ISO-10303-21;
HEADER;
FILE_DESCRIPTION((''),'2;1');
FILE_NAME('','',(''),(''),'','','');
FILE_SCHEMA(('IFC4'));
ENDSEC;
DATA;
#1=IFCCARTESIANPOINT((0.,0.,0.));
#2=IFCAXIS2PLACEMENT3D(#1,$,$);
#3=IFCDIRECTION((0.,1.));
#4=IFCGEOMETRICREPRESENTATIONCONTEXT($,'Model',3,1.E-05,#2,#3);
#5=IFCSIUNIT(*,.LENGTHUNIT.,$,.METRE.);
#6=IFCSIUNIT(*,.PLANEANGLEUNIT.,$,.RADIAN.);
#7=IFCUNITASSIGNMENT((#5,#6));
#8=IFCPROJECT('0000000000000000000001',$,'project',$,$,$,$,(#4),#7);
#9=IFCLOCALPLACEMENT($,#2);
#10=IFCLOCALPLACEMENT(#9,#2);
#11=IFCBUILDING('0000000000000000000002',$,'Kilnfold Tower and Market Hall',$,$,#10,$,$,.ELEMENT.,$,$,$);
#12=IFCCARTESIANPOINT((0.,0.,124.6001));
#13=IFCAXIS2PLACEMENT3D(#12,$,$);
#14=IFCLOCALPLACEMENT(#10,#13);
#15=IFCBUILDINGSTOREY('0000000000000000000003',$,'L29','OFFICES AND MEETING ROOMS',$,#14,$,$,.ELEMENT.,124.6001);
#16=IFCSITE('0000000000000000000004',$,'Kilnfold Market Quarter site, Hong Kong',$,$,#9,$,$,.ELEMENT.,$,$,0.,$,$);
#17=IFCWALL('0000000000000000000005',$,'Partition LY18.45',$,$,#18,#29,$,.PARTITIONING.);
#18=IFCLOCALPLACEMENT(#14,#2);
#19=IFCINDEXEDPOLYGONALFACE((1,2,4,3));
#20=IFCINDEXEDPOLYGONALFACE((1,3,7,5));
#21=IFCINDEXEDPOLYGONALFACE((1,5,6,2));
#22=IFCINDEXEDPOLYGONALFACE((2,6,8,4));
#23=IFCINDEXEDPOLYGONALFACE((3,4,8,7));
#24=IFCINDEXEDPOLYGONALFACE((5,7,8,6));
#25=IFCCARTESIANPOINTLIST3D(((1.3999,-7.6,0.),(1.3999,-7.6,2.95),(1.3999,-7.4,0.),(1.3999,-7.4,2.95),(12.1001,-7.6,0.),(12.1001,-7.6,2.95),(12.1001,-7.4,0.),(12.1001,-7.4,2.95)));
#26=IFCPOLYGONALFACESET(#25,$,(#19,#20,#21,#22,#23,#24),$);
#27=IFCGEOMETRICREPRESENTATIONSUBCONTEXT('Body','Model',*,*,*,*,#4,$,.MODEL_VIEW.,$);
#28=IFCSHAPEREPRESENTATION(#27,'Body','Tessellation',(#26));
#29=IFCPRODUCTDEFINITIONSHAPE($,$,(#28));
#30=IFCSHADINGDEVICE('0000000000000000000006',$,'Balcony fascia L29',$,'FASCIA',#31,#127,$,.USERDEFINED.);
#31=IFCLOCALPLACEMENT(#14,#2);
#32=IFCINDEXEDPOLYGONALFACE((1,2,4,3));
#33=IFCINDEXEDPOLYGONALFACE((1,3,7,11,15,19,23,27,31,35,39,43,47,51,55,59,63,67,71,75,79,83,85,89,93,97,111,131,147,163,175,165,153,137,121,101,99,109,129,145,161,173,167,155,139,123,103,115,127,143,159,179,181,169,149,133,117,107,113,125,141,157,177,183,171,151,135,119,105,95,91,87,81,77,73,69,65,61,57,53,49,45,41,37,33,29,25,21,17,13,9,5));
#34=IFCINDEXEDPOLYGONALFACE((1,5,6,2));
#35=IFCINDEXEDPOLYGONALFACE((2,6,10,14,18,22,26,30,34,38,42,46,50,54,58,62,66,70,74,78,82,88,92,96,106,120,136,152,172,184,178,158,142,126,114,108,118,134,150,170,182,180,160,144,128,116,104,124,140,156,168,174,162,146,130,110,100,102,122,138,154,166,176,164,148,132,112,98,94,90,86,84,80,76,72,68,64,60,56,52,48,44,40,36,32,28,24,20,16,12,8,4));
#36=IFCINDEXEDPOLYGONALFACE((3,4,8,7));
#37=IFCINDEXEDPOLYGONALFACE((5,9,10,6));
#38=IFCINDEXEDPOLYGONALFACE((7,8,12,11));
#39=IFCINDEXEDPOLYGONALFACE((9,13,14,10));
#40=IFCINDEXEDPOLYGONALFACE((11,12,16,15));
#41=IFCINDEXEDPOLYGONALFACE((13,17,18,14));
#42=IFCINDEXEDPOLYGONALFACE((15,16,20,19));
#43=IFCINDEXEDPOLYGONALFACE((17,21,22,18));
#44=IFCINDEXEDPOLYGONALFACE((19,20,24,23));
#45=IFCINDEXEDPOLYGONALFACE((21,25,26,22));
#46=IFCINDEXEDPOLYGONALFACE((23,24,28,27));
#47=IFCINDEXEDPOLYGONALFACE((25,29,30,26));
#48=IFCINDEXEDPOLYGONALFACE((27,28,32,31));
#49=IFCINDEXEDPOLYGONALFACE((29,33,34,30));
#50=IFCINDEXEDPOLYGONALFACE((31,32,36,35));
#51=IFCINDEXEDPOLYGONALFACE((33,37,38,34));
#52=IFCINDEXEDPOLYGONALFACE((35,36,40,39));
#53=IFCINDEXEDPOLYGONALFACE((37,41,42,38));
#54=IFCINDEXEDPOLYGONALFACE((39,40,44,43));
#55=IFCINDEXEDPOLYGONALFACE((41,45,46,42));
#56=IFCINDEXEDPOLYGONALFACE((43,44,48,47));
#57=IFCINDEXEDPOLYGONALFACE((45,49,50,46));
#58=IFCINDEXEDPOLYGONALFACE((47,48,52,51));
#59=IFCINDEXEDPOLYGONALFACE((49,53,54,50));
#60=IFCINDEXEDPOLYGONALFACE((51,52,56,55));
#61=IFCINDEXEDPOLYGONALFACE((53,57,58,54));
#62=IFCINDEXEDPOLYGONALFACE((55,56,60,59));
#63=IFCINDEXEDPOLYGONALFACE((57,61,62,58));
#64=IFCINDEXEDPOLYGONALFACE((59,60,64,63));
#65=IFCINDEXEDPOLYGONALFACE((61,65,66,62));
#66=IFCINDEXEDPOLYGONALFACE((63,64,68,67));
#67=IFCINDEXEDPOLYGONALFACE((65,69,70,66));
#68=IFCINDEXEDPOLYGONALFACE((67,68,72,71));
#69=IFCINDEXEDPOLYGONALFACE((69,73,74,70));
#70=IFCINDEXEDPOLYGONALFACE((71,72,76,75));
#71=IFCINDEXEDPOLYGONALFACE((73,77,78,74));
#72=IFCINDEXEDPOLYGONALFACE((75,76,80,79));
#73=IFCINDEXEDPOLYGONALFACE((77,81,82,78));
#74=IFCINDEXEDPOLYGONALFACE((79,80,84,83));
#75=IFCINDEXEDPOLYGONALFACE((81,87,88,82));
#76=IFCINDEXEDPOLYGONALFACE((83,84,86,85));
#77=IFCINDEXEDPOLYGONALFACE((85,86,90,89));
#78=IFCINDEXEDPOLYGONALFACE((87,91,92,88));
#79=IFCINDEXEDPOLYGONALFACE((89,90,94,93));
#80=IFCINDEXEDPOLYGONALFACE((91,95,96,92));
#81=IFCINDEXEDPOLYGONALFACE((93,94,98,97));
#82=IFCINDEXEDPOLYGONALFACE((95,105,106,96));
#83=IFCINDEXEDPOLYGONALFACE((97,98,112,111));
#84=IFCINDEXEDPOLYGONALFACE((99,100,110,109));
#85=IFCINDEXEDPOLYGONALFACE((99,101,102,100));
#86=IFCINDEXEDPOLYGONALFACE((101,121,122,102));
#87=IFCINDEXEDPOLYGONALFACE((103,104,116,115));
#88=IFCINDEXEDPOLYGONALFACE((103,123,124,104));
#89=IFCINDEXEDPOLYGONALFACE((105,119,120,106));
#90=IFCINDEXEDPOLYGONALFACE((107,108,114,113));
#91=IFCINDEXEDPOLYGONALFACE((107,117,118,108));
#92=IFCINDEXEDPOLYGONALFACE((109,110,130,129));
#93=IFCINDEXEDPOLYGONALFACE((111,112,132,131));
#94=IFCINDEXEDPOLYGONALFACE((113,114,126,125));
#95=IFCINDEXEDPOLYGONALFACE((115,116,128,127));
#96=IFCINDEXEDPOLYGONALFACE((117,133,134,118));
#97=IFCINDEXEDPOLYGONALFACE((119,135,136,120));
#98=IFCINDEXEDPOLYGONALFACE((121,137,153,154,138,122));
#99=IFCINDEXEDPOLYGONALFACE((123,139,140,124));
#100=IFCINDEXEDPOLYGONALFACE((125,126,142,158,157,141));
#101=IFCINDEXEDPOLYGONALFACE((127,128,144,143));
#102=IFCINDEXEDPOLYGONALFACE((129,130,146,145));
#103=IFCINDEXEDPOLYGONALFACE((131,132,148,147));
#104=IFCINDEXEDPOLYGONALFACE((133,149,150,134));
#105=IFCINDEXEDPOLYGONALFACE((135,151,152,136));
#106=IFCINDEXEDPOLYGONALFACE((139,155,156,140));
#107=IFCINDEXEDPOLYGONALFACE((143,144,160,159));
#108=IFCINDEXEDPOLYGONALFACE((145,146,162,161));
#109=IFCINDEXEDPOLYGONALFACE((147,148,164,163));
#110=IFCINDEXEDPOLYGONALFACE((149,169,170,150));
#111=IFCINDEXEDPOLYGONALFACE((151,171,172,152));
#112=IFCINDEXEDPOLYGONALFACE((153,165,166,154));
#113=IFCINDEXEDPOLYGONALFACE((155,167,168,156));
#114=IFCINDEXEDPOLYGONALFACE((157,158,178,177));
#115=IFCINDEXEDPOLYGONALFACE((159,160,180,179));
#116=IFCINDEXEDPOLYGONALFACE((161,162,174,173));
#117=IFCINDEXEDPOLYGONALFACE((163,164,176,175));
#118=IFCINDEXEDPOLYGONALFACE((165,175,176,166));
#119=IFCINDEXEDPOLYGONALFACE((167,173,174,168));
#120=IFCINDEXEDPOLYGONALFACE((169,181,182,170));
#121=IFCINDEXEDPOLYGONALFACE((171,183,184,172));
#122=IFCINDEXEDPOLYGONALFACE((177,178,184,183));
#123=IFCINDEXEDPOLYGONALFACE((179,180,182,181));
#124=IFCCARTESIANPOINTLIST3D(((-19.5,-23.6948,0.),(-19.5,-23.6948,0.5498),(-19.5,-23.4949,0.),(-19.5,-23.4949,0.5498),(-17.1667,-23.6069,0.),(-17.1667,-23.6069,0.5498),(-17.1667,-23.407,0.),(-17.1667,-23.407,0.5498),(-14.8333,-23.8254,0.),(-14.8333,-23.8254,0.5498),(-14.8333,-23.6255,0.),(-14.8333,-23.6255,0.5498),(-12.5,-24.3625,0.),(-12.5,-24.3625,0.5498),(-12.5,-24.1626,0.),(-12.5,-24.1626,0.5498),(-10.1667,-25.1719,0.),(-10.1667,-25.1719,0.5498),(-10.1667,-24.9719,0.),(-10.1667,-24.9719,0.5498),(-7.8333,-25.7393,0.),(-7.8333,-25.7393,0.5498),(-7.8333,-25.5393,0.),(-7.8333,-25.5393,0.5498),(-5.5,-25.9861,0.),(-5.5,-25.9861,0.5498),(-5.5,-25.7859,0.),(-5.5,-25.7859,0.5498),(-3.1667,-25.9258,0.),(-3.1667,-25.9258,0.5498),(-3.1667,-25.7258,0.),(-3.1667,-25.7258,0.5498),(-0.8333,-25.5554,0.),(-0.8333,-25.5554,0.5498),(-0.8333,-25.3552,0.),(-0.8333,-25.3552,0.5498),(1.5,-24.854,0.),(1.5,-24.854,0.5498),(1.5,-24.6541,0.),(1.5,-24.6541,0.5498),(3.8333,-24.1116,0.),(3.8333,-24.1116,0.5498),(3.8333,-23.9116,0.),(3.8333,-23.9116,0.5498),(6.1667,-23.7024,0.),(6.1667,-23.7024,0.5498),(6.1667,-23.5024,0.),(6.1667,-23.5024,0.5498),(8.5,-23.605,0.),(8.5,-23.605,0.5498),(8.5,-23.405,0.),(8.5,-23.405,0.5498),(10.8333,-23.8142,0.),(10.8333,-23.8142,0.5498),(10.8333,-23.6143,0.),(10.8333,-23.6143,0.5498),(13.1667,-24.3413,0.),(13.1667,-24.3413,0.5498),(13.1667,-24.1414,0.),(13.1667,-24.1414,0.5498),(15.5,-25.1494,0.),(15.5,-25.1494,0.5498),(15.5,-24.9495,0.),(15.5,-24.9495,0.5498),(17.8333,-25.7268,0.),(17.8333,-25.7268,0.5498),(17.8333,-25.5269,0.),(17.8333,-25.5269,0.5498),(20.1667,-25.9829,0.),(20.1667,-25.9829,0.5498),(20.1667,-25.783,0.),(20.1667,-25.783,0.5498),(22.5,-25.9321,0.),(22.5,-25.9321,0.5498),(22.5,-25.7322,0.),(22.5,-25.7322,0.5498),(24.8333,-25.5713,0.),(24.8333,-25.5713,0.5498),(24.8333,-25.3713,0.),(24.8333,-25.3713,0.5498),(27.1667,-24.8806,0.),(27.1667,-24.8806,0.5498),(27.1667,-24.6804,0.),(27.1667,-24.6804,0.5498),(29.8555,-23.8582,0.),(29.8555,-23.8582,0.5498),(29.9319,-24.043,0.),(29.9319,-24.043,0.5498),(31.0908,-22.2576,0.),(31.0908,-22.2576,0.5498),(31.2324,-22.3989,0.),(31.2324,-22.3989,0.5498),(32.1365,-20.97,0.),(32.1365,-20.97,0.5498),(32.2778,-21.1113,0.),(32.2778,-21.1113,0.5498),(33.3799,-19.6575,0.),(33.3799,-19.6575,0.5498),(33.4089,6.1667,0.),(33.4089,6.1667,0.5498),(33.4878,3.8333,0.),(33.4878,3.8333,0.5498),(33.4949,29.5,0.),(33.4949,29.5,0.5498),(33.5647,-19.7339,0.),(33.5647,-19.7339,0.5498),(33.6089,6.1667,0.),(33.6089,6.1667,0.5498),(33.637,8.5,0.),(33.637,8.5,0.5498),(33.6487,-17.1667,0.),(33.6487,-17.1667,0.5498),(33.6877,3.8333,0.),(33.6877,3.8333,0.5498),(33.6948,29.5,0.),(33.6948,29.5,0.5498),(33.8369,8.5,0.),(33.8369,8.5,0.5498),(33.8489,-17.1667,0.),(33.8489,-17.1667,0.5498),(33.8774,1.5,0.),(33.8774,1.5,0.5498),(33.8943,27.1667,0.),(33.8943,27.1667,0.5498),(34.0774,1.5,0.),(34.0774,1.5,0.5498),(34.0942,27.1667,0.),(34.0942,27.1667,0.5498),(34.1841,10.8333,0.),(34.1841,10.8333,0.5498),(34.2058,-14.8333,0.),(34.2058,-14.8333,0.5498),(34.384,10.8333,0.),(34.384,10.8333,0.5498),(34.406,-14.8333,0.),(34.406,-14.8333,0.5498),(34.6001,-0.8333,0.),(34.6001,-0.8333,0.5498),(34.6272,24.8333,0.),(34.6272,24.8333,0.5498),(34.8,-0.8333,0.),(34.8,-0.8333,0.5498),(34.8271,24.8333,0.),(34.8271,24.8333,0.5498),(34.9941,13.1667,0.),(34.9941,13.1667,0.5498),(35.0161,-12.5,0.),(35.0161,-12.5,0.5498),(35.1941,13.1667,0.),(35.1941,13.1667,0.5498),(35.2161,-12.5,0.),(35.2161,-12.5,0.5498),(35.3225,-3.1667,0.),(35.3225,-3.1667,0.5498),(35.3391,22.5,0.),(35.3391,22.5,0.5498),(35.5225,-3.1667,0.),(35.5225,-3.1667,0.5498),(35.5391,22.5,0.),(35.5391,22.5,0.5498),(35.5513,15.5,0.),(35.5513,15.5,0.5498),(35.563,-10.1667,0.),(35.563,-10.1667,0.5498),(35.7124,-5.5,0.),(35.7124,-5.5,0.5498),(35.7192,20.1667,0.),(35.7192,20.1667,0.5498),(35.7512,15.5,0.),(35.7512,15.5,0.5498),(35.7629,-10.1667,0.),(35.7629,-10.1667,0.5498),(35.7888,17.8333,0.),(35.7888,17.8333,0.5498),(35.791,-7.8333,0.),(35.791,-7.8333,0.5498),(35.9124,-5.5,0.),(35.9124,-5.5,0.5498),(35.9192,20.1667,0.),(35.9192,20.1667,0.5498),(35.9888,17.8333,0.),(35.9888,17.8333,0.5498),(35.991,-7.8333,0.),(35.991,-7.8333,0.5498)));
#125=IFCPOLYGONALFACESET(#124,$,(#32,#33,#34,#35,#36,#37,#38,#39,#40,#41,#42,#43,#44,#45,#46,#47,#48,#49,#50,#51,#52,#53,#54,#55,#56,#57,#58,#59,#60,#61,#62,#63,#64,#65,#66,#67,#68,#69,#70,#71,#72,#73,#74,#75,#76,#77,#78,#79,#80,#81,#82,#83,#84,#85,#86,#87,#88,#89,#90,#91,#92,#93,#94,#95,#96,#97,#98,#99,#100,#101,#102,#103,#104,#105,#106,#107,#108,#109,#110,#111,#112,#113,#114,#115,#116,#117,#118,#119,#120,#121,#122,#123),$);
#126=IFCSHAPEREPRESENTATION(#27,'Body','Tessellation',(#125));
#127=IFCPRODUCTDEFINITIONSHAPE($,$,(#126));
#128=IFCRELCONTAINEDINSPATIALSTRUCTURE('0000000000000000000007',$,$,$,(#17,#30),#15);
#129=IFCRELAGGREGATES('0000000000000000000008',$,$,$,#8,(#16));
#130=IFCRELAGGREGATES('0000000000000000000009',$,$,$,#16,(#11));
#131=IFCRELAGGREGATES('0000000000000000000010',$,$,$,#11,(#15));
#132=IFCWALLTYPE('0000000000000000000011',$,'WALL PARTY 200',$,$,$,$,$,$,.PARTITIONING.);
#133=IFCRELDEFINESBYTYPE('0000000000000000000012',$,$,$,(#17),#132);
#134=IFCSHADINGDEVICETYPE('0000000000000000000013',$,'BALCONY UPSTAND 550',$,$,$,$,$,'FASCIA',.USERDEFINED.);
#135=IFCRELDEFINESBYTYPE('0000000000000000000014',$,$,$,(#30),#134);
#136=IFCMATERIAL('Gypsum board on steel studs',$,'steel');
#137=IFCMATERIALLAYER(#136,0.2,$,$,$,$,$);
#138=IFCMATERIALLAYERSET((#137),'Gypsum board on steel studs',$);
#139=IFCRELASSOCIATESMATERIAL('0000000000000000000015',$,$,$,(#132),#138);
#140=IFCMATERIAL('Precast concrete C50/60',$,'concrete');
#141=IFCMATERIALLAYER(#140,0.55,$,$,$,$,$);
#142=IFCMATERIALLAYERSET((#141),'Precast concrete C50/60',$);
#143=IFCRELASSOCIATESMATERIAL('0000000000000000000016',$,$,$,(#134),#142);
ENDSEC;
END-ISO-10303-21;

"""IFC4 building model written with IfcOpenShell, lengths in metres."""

from ifc_helpers import new_model, si_unit, direction, frame, frame_2d, origin, place, context, subcontext, project, spatial, polyline, rectangle, outline, extrude, source, transform, mapped, material, layer, layer_set, type_object, element, save


model = new_model("IFC4")

# Units and contexts
model_context = context("Model", 3, precision=1e-05, world=origin(), true_north=direction((0.0, 1.0)))
body_context = subcontext(model_context, "Body", "Model", "MODEL_VIEW")
ifc_project = project(units=[si_unit("LENGTHUNIT", "METRE"), si_unit("PLANEANGLEUNIT", "RADIAN")], contexts=[model_context])

# Site, building, storey
site_placement = place(None, origin())
site = spatial("IfcSite", under=ifc_project, at=site_placement, Name="Kilnfold Market Quarter site, Hong Kong", CompositionType="ELEMENT", RefElevation=0.0)
building_placement = place(site_placement, origin())
building = spatial("IfcBuilding", under=site, at=building_placement, Name="Kilnfold Tower and Market Hall", CompositionType="ELEMENT")
storey_placement = place(building_placement, frame((0.0, 0.0, 124.6001)))
storey = spatial("IfcBuildingStorey", under=building, at=storey_placement, Name="L29", Description="OFFICES AND MEETING ROOMS", CompositionType="ELEMENT", Elevation=124.6001)

# Wall
ifc_material_1 = material(Name="Gypsum board on steel studs", Category="steel")
ifc_layer_1 = layer(ifc_material_1, 0.2)
ifc_layer_set_1 = layer_set([ifc_layer_1], Name="Gypsum board on steel studs")
wall_type_1 = type_object("IfcWallType", Name="WALL PARTY 200", PredefinedType="PARTITIONING", material=ifc_layer_set_1)
wall_1_placement = place(storey_placement, frame((1.3999, -7.5, 0.0), z_axis=(0.0, 0.0, 1.0), x_axis=(1.0, 0.0, 0.0)))
element("IfcWall", 1, at=wall_1_placement, inside=storey, type_object=wall_type_1, Name="Partition LY18.45", PredefinedType="PARTITIONING", context=body_context, shape_type="SweptSolid", body=[
    extrude(rectangle(XDim=10.7002, YDim=0.2, at=frame_2d((5.3501, 0.0))), origin(), (0.0, 0.0, 1.0), 2.95),
])

# Shading device
ifc_material_2 = material(Name="Precast concrete C50/60", Category="concrete")
ifc_layer_2 = layer(ifc_material_2, 0.55)
ifc_layer_set_2 = layer_set([ifc_layer_2], Name="Precast concrete C50/60")
shading_device_type_1 = type_object("IfcShadingDeviceType", Name="BALCONY UPSTAND 550", ElementType="FASCIA", PredefinedType="USERDEFINED", material=ifc_layer_set_2)
shared_shape_1 = source(origin(), body_context, "Body", "SweptSolid", [
    extrude(outline(polyline([(-19.5, -23.6948), (-17.1667, -23.6069), (-14.8333, -23.8254), (-12.5, -24.3625), (-10.1667, -25.1719), (-7.8333, -25.7393), (-5.5, -25.9861), (-3.1667, -25.9258), (-0.8333, -25.5554), (1.5, -24.854), (3.8333, -24.1116), (6.1667, -23.7024), (8.5, -23.605), (10.8333, -23.8142), (13.1667, -24.3413), (15.5, -25.1494), (17.8333, -25.7268), (20.1667, -25.9829), (22.5, -25.9321), (24.8333, -25.5713), (27.1667, -24.8806), (29.9319, -24.043), (31.2324, -22.3989), (32.2778, -21.1113), (33.5647, -19.7339), (33.8489, -17.1667), (34.406, -14.8333), (35.2161, -12.5), (35.7629, -10.1667), (35.991, -7.8333), (35.9124, -5.5), (35.5225, -3.1667), (34.8, -0.8333), (34.0774, 1.5), (33.6877, 3.8333), (33.6089, 6.1667), (33.8369, 8.5), (34.384, 10.8333), (35.1941, 13.1667), (35.7512, 15.5), (35.9888, 17.8333), (35.9192, 20.1667), (35.5391, 22.5), (34.8271, 24.8333), (34.0942, 27.1667), (33.6948, 29.5), (33.4949, 29.5), (33.8943, 27.1667), (34.6272, 24.8333), (35.3391, 22.5), (35.7192, 20.1667), (35.7888, 17.8333), (35.5513, 15.5), (34.9941, 13.1667), (34.1841, 10.8333), (33.637, 8.5), (33.4089, 6.1667), (33.4878, 3.8333), (33.8774, 1.5), (34.6001, -0.8333), (35.3225, -3.1667), (35.7124, -5.5), (35.791, -7.8333), (35.563, -10.1667), (35.0161, -12.5), (34.2058, -14.8333), (33.6487, -17.1667), (33.3799, -19.6575), (32.1365, -20.97), (31.0908, -22.2576), (29.8555, -23.8582), (27.1667, -24.6804), (24.8333, -25.3713), (22.5, -25.7322), (20.1667, -25.783), (17.8333, -25.5269), (15.5, -24.9495), (13.1667, -24.1414), (10.8333, -23.6143), (8.5, -23.405), (6.1667, -23.5024), (3.8333, -23.9116), (1.5, -24.6541), (-0.8333, -25.3552), (-3.1667, -25.7258), (-5.5, -25.7859), (-7.8333, -25.5393), (-10.1667, -24.9719), (-12.5, -24.1626), (-14.8333, -23.6255), (-17.1667, -23.407), (-19.5, -23.4949), (-19.5, -23.6948)])), origin(), (0.0, 0.0, 1.0), 0.5498),
])
shading_device_1_placement = place(storey_placement, origin())
element("IfcShadingDevice", 2, at=shading_device_1_placement, inside=storey, type_object=shading_device_type_1, Name="Balcony fascia L29", ObjectType="FASCIA", PredefinedType="USERDEFINED", context=body_context, shape_type="MappedRepresentation", body=[
    mapped(shared_shape_1, transform((0.0, 0.0, 0.0))),
])

save(model, "model.ifc")
